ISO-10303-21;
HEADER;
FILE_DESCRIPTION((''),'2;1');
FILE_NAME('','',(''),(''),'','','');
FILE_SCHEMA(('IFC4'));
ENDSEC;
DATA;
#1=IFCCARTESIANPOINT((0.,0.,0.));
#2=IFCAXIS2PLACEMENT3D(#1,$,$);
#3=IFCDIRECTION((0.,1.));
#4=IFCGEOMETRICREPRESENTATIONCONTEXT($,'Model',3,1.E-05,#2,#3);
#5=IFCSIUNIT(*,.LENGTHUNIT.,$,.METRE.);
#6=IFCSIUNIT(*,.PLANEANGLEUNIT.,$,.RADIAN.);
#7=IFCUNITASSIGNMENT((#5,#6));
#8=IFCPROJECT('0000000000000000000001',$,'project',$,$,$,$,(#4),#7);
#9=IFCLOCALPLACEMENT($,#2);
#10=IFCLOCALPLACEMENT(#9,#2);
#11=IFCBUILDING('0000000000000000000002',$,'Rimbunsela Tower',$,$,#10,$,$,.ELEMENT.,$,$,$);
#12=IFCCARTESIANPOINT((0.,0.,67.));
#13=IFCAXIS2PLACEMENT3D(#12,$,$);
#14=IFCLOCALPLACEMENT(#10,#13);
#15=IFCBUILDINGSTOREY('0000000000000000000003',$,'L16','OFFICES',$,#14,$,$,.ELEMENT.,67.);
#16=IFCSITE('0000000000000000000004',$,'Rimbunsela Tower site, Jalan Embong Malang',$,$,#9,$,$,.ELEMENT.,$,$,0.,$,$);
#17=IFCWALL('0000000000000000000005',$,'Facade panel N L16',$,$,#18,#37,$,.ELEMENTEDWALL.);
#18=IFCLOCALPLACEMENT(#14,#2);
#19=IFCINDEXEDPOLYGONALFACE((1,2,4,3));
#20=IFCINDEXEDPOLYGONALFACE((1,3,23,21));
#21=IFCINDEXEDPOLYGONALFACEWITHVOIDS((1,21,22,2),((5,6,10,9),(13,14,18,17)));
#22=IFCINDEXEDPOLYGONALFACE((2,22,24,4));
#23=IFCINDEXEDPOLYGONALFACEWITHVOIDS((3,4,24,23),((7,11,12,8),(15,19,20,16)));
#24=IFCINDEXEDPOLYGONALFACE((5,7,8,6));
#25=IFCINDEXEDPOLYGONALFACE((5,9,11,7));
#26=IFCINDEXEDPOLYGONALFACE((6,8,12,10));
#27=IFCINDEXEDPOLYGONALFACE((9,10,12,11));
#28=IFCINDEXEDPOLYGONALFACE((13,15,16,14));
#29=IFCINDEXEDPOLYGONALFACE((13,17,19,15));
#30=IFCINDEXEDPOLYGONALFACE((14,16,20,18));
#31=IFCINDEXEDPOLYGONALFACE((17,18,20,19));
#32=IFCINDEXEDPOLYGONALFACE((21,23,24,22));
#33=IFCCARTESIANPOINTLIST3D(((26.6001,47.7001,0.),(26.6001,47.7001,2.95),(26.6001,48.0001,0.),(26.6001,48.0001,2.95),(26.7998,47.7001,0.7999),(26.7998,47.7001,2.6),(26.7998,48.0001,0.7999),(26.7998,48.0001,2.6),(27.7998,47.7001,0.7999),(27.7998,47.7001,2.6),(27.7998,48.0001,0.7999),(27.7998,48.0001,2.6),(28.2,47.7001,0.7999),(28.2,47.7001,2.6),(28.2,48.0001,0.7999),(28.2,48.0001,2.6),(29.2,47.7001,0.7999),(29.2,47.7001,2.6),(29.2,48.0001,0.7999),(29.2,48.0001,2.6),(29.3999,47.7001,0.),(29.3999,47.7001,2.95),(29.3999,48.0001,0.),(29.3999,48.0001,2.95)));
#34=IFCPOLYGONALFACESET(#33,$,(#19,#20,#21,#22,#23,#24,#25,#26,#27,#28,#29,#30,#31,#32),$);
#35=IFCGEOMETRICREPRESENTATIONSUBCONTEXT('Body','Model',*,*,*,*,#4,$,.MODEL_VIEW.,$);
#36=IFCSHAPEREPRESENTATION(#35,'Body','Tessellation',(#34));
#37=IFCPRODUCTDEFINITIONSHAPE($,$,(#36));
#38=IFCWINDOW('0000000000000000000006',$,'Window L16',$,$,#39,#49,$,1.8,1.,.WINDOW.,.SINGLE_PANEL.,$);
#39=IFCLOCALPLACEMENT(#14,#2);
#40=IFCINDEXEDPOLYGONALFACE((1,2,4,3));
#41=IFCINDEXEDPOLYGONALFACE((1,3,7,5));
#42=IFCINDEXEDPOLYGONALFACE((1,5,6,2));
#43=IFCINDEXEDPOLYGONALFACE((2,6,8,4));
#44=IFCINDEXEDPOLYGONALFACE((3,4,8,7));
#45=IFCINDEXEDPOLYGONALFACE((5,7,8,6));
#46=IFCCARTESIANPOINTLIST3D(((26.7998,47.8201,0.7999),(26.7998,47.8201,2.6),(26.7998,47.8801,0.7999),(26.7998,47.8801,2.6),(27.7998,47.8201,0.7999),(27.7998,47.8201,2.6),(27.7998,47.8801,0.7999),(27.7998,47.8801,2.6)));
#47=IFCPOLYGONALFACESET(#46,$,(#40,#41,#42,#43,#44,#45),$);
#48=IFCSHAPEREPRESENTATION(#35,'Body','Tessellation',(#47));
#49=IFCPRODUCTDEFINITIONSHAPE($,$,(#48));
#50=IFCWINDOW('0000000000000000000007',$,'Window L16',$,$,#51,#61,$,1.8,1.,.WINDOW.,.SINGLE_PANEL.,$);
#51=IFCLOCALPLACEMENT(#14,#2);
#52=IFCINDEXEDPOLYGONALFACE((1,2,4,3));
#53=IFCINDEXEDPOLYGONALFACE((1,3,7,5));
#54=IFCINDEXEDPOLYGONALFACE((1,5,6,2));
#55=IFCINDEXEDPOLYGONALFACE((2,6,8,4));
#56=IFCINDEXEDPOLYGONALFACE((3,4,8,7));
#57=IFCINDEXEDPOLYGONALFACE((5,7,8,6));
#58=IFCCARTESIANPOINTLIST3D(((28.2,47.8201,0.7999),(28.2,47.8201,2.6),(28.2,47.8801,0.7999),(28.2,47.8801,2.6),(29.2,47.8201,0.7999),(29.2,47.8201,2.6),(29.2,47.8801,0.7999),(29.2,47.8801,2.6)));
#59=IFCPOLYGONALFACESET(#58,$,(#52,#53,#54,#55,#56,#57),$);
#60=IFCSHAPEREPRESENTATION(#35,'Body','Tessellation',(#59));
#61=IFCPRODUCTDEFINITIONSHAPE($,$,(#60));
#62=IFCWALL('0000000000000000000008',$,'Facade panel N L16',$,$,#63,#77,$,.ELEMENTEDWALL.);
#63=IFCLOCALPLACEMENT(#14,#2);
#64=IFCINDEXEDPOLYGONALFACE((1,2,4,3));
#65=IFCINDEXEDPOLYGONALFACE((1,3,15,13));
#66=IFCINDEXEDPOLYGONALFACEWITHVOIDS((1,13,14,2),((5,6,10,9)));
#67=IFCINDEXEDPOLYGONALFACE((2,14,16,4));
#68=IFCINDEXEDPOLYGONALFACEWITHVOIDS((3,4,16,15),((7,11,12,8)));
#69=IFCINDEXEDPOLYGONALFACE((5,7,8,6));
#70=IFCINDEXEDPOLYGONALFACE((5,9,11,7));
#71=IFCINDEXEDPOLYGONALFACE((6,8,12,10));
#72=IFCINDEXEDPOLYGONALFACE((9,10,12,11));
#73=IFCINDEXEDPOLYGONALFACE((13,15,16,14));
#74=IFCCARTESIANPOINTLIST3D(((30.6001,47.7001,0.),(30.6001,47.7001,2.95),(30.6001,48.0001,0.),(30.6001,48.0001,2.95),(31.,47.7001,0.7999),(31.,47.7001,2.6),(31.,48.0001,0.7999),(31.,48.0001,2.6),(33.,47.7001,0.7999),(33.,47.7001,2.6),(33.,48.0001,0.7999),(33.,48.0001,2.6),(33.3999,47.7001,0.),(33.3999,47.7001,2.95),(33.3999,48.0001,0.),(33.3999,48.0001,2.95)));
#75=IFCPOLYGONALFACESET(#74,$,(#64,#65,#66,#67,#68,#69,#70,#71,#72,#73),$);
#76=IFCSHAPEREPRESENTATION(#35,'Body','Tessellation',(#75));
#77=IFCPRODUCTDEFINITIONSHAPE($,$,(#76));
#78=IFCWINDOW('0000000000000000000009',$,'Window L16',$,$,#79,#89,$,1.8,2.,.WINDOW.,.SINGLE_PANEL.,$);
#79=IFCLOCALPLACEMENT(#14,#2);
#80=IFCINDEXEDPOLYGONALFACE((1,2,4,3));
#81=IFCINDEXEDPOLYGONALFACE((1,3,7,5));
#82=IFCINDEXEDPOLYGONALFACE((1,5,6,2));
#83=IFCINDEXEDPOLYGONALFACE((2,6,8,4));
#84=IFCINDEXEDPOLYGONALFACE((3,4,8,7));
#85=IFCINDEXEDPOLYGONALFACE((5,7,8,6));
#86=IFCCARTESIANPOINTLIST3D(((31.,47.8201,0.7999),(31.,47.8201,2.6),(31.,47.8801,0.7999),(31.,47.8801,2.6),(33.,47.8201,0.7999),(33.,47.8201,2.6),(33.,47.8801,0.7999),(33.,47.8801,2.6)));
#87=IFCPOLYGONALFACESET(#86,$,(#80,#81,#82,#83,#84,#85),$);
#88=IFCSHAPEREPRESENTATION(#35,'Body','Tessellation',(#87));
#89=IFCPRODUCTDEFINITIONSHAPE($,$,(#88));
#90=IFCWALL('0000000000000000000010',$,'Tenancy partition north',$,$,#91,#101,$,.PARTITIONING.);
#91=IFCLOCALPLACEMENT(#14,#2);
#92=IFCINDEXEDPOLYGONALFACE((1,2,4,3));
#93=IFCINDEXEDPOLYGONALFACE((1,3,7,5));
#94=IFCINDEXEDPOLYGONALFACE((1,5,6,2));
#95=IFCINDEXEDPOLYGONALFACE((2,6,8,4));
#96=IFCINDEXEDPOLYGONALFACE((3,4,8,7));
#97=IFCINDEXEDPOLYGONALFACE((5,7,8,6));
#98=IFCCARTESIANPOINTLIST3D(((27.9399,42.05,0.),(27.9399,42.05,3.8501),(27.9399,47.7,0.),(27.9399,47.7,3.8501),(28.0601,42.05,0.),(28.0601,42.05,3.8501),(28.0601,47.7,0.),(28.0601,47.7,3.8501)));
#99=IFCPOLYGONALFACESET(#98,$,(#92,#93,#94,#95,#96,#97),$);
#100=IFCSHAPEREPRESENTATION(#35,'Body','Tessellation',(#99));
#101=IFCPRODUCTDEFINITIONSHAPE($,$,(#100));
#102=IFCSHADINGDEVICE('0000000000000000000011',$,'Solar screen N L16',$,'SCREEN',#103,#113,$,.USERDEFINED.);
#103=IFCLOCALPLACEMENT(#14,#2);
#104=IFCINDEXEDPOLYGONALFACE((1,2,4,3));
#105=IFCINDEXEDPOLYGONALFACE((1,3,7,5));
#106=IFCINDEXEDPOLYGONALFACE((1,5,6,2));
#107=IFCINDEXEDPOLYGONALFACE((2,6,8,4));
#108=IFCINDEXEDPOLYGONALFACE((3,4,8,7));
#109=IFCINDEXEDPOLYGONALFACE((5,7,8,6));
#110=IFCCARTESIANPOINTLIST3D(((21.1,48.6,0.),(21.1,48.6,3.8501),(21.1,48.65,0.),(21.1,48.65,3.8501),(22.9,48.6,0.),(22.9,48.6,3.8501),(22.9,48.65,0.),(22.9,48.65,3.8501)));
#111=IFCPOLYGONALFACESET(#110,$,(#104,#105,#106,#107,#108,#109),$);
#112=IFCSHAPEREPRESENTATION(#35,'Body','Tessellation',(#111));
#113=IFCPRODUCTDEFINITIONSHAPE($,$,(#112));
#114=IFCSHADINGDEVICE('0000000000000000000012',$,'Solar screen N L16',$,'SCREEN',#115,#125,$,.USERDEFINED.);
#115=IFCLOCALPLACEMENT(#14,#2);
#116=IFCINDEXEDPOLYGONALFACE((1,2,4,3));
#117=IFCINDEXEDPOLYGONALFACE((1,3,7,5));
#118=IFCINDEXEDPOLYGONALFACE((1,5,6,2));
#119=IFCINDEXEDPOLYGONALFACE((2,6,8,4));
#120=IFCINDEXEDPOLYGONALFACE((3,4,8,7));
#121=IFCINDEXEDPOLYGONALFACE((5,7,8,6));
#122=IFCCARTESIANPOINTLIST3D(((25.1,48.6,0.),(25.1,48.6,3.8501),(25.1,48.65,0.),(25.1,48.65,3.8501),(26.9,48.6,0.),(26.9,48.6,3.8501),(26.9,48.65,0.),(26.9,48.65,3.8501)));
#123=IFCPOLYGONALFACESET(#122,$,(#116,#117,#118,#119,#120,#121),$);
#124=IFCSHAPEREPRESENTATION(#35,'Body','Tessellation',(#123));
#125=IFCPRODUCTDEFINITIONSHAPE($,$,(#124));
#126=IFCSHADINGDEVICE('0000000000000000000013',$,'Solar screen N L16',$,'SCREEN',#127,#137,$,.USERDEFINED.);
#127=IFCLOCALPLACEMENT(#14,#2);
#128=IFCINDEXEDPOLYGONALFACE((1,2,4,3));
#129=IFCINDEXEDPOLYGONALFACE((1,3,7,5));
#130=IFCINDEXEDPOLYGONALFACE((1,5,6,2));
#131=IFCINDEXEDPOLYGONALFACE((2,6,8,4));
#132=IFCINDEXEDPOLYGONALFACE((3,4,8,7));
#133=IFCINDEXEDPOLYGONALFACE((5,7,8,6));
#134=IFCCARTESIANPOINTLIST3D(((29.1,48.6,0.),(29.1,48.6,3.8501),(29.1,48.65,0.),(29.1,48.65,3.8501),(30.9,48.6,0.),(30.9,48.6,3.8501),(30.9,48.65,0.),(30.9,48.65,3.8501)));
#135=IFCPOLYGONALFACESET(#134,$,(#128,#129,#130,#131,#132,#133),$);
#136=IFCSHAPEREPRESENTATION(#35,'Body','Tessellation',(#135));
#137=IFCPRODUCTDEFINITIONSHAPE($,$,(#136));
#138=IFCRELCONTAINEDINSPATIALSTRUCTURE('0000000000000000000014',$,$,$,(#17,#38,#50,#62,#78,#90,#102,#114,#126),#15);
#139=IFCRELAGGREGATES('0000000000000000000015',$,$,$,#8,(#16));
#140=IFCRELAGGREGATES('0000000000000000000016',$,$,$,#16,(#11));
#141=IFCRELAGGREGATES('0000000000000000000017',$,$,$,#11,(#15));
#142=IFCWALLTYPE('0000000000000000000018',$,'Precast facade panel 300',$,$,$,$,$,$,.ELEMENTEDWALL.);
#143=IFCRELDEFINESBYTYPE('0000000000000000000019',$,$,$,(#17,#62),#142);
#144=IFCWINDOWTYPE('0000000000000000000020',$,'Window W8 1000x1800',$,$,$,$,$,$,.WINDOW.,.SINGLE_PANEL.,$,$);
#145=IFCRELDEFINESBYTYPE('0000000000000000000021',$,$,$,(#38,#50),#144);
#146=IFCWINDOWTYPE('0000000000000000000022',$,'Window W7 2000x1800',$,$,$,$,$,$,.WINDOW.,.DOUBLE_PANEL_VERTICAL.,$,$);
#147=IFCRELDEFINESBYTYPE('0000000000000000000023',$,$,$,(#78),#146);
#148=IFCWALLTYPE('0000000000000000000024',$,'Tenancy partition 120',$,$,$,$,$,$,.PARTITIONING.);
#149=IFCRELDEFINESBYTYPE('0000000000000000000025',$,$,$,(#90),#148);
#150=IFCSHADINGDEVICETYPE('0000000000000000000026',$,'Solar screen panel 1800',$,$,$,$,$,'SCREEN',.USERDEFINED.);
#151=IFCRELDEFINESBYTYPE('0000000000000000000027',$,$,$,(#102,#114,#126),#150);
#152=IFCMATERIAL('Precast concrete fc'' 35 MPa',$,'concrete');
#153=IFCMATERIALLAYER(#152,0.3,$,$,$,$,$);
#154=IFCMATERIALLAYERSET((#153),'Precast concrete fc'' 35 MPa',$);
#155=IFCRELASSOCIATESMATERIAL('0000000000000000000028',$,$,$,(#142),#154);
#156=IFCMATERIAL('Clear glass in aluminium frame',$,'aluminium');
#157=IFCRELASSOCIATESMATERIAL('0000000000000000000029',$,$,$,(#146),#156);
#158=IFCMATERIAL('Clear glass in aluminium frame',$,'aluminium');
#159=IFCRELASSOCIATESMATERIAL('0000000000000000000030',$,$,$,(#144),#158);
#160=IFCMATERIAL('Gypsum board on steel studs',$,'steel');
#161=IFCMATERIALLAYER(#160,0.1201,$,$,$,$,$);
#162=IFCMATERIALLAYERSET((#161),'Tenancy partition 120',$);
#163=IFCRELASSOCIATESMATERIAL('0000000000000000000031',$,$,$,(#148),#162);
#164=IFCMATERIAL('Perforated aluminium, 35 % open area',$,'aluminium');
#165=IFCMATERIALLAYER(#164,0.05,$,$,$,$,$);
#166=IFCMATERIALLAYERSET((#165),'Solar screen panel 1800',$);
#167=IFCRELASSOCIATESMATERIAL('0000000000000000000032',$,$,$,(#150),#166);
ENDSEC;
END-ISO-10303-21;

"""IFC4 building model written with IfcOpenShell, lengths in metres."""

from ifc_helpers import new_model, si_unit, direction, frame, frame_2d, origin, origin_2d, place, context, subcontext, project, spatial, rectangle, extrude, material, layer, layer_set, type_object, element, fill, save


model = new_model("IFC4")

# Units and contexts
model_context = context("Model", 3, precision=1e-05, world=origin(), true_north=direction((0.0, 1.0)))
body_context = subcontext(model_context, "Body", "Model", "MODEL_VIEW")
ifc_project = project(units=[si_unit("LENGTHUNIT", "METRE"), si_unit("PLANEANGLEUNIT", "RADIAN")], contexts=[model_context])

# Site, building, storey
site_placement = place(None, origin())
site = spatial("IfcSite", under=ifc_project, at=site_placement, Name="Rimbunsela Tower site, Jalan Embong Malang", CompositionType="ELEMENT", RefElevation=0.0)
building_placement = place(site_placement, origin())
building = spatial("IfcBuilding", under=site, at=building_placement, Name="Rimbunsela Tower", CompositionType="ELEMENT")
storey_placement = place(building_placement, frame((0.0, 0.0, 67.0)))
storey = spatial("IfcBuildingStorey", under=building, at=storey_placement, Name="L16", Description="OFFICES", CompositionType="ELEMENT", Elevation=67.0)

# Shared definitions
ifc_material_1 = material(Name="Precast concrete fc' 35 MPa", Category="concrete")
ifc_layer_1 = layer(ifc_material_1, 0.3)
ifc_layer_set_1 = layer_set([ifc_layer_1], Name="Precast concrete fc' 35 MPa")
wall_type_1 = type_object("IfcWallType", Name="Precast facade panel 300", PredefinedType="ELEMENTEDWALL", material=ifc_layer_set_1)
ifc_material_2 = material(Name="Clear glass in aluminium frame", Category="aluminium")
window_type_1 = type_object("IfcWindowType", Name="Window W7 2000x1800", PartitioningType="DOUBLE_PANEL_VERTICAL", PredefinedType="WINDOW", material=ifc_material_2)

# Wall, openings, windows
wall_1_placement = place(storey_placement, frame((29.3999, 47.8501, 0.0), z_axis=(0.0, 0.0, 1.0), x_axis=(-1.0, 0.0, 0.0)))
wall_1 = element("IfcWall", 1, at=wall_1_placement, inside=storey, type_object=wall_type_1, Name="Facade panel N L16", PredefinedType="ELEMENTEDWALL", context=body_context, shape_type="SweptSolid", body=[
    extrude(rectangle(XDim=2.7998, YDim=0.3, at=frame_2d((1.3999, 0.0))), origin(), (0.0, 0.0, 1.0), 2.95),
])
opening_1_placement = place(wall_1_placement, frame((1.6001, 0.0, 0.8)))
opening_1 = element("IfcOpeningElement", 2, at=opening_1_placement, cuts=wall_1, PredefinedType="OPENING", context=body_context, shape_type="SweptSolid", body=[
    extrude(rectangle(XDim=1.0, YDim=1.8, at=frame_2d((0.5, 0.8999))), frame((0.0, 0.1599, 0.0), z_axis=(0.0, -1.0, 0.0), x_axis=(1.0, 0.0, 0.0)), (0.0, 0.0, 1.0), 0.3201),
])
opening_2_placement = place(wall_1_placement, frame((0.2, 0.0, 0.8)))
opening_2 = element("IfcOpeningElement", 3, at=opening_2_placement, cuts=wall_1, PredefinedType="OPENING", context=body_context, shape_type="SweptSolid", body=[
    extrude(rectangle(XDim=1.0, YDim=1.8, at=frame_2d((0.5, 0.8999))), frame((0.0, 0.1599, 0.0), z_axis=(0.0, -1.0, 0.0), x_axis=(1.0, 0.0, 0.0)), (0.0, 0.0, 1.0), 0.3201),
])
ifc_material_3 = material(Name="Clear glass in aluminium frame", Category="aluminium")
window_type_2 = type_object("IfcWindowType", Name="Window W8 1000x1800", PartitioningType="SINGLE_PANEL", PredefinedType="WINDOW", material=ifc_material_3)
window_1_placement = place(opening_1_placement, origin())
window_1 = element("IfcWindow", 4, at=window_1_placement, inside=storey, type_object=window_type_2, Name="Window L16", OverallHeight=1.8, OverallWidth=1.0, PartitioningType="SINGLE_PANEL", PredefinedType="WINDOW", context=body_context, shape_type="SweptSolid", body=[
    extrude(rectangle(XDim=1.0, YDim=1.8, at=frame_2d((0.5, 0.8999))), frame((0.0, 0.03, 0.0), z_axis=(0.0, -1.0, 0.0), x_axis=(1.0, 0.0, 0.0)), (0.0, 0.0, 1.0), 0.0601),
])
fill(opening_1, window_1)
window_2_placement = place(opening_2_placement, origin())
window_2 = element("IfcWindow", 5, at=window_2_placement, inside=storey, type_object=window_type_2, Name="Window L16", OverallHeight=1.8, OverallWidth=1.0, PartitioningType="SINGLE_PANEL", PredefinedType="WINDOW", context=body_context, shape_type="SweptSolid", body=[
    extrude(rectangle(XDim=1.0, YDim=1.8, at=frame_2d((0.5, 0.8999))), frame((0.0, 0.03, 0.0), z_axis=(0.0, -1.0, 0.0), x_axis=(1.0, 0.0, 0.0)), (0.0, 0.0, 1.0), 0.0601),
])
fill(opening_2, window_2)

# Wall, opening, window
wall_2_placement = place(storey_placement, frame((33.3999, 47.8501, 0.0), z_axis=(0.0, 0.0, 1.0), x_axis=(-1.0, 0.0, 0.0)))
wall_2 = element("IfcWall", 6, at=wall_2_placement, inside=storey, type_object=wall_type_1, Name="Facade panel N L16", PredefinedType="ELEMENTEDWALL", context=body_context, shape_type="SweptSolid", body=[
    extrude(rectangle(XDim=2.7998, YDim=0.3, at=frame_2d((1.3999, 0.0))), origin(), (0.0, 0.0, 1.0), 2.95),
])
opening_3_placement = place(wall_2_placement, frame((0.3999, 0.0, 0.8)))
opening_3 = element("IfcOpeningElement", 7, at=opening_3_placement, cuts=wall_2, PredefinedType="OPENING", context=body_context, shape_type="SweptSolid", body=[
    extrude(rectangle(XDim=2.0, YDim=1.8, at=frame_2d((1.0, 0.8999))), frame((0.0, 0.1599, 0.0), z_axis=(0.0, -1.0, 0.0), x_axis=(1.0, 0.0, 0.0)), (0.0, 0.0, 1.0), 0.3201),
])
window_3_placement = place(opening_3_placement, origin())
window_3 = element("IfcWindow", 8, at=window_3_placement, inside=storey, type_object=window_type_1, Name="Window L16", OverallHeight=1.8, OverallWidth=2.0, PartitioningType="SINGLE_PANEL", PredefinedType="WINDOW", context=body_context, shape_type="SweptSolid", body=[
    extrude(rectangle(XDim=2.0, YDim=1.8, at=frame_2d((1.0, 0.8999))), frame((0.0, 0.03, 0.0), z_axis=(0.0, -1.0, 0.0), x_axis=(1.0, 0.0, 0.0)), (0.0, 0.0, 1.0), 0.0601),
])
fill(opening_3, window_3)

# Wall
ifc_material_4 = material(Name="Gypsum board on steel studs", Category="steel")
ifc_layer_2 = layer(ifc_material_4, 0.1201)
ifc_layer_set_2 = layer_set([ifc_layer_2], Name="Tenancy partition 120")
wall_type_2 = type_object("IfcWallType", Name="Tenancy partition 120", PredefinedType="PARTITIONING", material=ifc_layer_set_2)
wall_3_placement = place(storey_placement, frame((28.0, 42.05, 0.0), z_axis=(0.0, 0.0, 1.0), x_axis=(0.0, 1.0, 0.0)))
element("IfcWall", 9, at=wall_3_placement, inside=storey, type_object=wall_type_2, Name="Tenancy partition north", PredefinedType="PARTITIONING", context=body_context, shape_type="SweptSolid", body=[
    extrude(rectangle(XDim=5.6499, YDim=0.1201, at=frame_2d((2.825, 0.0))), origin(), (0.0, 0.0, 1.0), 3.8501),
])

# Shading devices
ifc_material_5 = material(Name="Perforated aluminium, 35 % open area", Category="aluminium")
ifc_layer_3 = layer(ifc_material_5, 0.05)
ifc_layer_set_3 = layer_set([ifc_layer_3], Name="Solar screen panel 1800")
shading_device_type = type_object("IfcShadingDeviceType", Name="Solar screen panel 1800", ElementType="SCREEN", PredefinedType="USERDEFINED", material=ifc_layer_set_3)
for number, where, z_axis, x_axis, name in (
    (10, (22.0, 48.625, 0.0), (0.0, 0.0, 1.0), (1.0, 0.0, 0.0), "Solar screen N L16"),
    (11, (26.0, 48.625, 0.0), (0.0, 0.0, 1.0), (1.0, 0.0, 0.0), "Solar screen N L16"),
    (12, (30.0, 48.625, 0.0), (0.0, 0.0, 1.0), (1.0, 0.0, 0.0), "Solar screen N L16"),
):
    element("IfcShadingDevice", number, at=place(storey_placement, frame(where, z_axis=z_axis, x_axis=x_axis)), inside=storey, type_object=shading_device_type, Name=name, ObjectType="SCREEN", PredefinedType="USERDEFINED", context=body_context, shape_type="SweptSolid", body=[
        extrude(rectangle(XDim=1.8, YDim=0.05, at=origin_2d()), origin(), (0.0, 0.0, 1.0), 3.8501),
    ])

save(model, "model.ifc")
